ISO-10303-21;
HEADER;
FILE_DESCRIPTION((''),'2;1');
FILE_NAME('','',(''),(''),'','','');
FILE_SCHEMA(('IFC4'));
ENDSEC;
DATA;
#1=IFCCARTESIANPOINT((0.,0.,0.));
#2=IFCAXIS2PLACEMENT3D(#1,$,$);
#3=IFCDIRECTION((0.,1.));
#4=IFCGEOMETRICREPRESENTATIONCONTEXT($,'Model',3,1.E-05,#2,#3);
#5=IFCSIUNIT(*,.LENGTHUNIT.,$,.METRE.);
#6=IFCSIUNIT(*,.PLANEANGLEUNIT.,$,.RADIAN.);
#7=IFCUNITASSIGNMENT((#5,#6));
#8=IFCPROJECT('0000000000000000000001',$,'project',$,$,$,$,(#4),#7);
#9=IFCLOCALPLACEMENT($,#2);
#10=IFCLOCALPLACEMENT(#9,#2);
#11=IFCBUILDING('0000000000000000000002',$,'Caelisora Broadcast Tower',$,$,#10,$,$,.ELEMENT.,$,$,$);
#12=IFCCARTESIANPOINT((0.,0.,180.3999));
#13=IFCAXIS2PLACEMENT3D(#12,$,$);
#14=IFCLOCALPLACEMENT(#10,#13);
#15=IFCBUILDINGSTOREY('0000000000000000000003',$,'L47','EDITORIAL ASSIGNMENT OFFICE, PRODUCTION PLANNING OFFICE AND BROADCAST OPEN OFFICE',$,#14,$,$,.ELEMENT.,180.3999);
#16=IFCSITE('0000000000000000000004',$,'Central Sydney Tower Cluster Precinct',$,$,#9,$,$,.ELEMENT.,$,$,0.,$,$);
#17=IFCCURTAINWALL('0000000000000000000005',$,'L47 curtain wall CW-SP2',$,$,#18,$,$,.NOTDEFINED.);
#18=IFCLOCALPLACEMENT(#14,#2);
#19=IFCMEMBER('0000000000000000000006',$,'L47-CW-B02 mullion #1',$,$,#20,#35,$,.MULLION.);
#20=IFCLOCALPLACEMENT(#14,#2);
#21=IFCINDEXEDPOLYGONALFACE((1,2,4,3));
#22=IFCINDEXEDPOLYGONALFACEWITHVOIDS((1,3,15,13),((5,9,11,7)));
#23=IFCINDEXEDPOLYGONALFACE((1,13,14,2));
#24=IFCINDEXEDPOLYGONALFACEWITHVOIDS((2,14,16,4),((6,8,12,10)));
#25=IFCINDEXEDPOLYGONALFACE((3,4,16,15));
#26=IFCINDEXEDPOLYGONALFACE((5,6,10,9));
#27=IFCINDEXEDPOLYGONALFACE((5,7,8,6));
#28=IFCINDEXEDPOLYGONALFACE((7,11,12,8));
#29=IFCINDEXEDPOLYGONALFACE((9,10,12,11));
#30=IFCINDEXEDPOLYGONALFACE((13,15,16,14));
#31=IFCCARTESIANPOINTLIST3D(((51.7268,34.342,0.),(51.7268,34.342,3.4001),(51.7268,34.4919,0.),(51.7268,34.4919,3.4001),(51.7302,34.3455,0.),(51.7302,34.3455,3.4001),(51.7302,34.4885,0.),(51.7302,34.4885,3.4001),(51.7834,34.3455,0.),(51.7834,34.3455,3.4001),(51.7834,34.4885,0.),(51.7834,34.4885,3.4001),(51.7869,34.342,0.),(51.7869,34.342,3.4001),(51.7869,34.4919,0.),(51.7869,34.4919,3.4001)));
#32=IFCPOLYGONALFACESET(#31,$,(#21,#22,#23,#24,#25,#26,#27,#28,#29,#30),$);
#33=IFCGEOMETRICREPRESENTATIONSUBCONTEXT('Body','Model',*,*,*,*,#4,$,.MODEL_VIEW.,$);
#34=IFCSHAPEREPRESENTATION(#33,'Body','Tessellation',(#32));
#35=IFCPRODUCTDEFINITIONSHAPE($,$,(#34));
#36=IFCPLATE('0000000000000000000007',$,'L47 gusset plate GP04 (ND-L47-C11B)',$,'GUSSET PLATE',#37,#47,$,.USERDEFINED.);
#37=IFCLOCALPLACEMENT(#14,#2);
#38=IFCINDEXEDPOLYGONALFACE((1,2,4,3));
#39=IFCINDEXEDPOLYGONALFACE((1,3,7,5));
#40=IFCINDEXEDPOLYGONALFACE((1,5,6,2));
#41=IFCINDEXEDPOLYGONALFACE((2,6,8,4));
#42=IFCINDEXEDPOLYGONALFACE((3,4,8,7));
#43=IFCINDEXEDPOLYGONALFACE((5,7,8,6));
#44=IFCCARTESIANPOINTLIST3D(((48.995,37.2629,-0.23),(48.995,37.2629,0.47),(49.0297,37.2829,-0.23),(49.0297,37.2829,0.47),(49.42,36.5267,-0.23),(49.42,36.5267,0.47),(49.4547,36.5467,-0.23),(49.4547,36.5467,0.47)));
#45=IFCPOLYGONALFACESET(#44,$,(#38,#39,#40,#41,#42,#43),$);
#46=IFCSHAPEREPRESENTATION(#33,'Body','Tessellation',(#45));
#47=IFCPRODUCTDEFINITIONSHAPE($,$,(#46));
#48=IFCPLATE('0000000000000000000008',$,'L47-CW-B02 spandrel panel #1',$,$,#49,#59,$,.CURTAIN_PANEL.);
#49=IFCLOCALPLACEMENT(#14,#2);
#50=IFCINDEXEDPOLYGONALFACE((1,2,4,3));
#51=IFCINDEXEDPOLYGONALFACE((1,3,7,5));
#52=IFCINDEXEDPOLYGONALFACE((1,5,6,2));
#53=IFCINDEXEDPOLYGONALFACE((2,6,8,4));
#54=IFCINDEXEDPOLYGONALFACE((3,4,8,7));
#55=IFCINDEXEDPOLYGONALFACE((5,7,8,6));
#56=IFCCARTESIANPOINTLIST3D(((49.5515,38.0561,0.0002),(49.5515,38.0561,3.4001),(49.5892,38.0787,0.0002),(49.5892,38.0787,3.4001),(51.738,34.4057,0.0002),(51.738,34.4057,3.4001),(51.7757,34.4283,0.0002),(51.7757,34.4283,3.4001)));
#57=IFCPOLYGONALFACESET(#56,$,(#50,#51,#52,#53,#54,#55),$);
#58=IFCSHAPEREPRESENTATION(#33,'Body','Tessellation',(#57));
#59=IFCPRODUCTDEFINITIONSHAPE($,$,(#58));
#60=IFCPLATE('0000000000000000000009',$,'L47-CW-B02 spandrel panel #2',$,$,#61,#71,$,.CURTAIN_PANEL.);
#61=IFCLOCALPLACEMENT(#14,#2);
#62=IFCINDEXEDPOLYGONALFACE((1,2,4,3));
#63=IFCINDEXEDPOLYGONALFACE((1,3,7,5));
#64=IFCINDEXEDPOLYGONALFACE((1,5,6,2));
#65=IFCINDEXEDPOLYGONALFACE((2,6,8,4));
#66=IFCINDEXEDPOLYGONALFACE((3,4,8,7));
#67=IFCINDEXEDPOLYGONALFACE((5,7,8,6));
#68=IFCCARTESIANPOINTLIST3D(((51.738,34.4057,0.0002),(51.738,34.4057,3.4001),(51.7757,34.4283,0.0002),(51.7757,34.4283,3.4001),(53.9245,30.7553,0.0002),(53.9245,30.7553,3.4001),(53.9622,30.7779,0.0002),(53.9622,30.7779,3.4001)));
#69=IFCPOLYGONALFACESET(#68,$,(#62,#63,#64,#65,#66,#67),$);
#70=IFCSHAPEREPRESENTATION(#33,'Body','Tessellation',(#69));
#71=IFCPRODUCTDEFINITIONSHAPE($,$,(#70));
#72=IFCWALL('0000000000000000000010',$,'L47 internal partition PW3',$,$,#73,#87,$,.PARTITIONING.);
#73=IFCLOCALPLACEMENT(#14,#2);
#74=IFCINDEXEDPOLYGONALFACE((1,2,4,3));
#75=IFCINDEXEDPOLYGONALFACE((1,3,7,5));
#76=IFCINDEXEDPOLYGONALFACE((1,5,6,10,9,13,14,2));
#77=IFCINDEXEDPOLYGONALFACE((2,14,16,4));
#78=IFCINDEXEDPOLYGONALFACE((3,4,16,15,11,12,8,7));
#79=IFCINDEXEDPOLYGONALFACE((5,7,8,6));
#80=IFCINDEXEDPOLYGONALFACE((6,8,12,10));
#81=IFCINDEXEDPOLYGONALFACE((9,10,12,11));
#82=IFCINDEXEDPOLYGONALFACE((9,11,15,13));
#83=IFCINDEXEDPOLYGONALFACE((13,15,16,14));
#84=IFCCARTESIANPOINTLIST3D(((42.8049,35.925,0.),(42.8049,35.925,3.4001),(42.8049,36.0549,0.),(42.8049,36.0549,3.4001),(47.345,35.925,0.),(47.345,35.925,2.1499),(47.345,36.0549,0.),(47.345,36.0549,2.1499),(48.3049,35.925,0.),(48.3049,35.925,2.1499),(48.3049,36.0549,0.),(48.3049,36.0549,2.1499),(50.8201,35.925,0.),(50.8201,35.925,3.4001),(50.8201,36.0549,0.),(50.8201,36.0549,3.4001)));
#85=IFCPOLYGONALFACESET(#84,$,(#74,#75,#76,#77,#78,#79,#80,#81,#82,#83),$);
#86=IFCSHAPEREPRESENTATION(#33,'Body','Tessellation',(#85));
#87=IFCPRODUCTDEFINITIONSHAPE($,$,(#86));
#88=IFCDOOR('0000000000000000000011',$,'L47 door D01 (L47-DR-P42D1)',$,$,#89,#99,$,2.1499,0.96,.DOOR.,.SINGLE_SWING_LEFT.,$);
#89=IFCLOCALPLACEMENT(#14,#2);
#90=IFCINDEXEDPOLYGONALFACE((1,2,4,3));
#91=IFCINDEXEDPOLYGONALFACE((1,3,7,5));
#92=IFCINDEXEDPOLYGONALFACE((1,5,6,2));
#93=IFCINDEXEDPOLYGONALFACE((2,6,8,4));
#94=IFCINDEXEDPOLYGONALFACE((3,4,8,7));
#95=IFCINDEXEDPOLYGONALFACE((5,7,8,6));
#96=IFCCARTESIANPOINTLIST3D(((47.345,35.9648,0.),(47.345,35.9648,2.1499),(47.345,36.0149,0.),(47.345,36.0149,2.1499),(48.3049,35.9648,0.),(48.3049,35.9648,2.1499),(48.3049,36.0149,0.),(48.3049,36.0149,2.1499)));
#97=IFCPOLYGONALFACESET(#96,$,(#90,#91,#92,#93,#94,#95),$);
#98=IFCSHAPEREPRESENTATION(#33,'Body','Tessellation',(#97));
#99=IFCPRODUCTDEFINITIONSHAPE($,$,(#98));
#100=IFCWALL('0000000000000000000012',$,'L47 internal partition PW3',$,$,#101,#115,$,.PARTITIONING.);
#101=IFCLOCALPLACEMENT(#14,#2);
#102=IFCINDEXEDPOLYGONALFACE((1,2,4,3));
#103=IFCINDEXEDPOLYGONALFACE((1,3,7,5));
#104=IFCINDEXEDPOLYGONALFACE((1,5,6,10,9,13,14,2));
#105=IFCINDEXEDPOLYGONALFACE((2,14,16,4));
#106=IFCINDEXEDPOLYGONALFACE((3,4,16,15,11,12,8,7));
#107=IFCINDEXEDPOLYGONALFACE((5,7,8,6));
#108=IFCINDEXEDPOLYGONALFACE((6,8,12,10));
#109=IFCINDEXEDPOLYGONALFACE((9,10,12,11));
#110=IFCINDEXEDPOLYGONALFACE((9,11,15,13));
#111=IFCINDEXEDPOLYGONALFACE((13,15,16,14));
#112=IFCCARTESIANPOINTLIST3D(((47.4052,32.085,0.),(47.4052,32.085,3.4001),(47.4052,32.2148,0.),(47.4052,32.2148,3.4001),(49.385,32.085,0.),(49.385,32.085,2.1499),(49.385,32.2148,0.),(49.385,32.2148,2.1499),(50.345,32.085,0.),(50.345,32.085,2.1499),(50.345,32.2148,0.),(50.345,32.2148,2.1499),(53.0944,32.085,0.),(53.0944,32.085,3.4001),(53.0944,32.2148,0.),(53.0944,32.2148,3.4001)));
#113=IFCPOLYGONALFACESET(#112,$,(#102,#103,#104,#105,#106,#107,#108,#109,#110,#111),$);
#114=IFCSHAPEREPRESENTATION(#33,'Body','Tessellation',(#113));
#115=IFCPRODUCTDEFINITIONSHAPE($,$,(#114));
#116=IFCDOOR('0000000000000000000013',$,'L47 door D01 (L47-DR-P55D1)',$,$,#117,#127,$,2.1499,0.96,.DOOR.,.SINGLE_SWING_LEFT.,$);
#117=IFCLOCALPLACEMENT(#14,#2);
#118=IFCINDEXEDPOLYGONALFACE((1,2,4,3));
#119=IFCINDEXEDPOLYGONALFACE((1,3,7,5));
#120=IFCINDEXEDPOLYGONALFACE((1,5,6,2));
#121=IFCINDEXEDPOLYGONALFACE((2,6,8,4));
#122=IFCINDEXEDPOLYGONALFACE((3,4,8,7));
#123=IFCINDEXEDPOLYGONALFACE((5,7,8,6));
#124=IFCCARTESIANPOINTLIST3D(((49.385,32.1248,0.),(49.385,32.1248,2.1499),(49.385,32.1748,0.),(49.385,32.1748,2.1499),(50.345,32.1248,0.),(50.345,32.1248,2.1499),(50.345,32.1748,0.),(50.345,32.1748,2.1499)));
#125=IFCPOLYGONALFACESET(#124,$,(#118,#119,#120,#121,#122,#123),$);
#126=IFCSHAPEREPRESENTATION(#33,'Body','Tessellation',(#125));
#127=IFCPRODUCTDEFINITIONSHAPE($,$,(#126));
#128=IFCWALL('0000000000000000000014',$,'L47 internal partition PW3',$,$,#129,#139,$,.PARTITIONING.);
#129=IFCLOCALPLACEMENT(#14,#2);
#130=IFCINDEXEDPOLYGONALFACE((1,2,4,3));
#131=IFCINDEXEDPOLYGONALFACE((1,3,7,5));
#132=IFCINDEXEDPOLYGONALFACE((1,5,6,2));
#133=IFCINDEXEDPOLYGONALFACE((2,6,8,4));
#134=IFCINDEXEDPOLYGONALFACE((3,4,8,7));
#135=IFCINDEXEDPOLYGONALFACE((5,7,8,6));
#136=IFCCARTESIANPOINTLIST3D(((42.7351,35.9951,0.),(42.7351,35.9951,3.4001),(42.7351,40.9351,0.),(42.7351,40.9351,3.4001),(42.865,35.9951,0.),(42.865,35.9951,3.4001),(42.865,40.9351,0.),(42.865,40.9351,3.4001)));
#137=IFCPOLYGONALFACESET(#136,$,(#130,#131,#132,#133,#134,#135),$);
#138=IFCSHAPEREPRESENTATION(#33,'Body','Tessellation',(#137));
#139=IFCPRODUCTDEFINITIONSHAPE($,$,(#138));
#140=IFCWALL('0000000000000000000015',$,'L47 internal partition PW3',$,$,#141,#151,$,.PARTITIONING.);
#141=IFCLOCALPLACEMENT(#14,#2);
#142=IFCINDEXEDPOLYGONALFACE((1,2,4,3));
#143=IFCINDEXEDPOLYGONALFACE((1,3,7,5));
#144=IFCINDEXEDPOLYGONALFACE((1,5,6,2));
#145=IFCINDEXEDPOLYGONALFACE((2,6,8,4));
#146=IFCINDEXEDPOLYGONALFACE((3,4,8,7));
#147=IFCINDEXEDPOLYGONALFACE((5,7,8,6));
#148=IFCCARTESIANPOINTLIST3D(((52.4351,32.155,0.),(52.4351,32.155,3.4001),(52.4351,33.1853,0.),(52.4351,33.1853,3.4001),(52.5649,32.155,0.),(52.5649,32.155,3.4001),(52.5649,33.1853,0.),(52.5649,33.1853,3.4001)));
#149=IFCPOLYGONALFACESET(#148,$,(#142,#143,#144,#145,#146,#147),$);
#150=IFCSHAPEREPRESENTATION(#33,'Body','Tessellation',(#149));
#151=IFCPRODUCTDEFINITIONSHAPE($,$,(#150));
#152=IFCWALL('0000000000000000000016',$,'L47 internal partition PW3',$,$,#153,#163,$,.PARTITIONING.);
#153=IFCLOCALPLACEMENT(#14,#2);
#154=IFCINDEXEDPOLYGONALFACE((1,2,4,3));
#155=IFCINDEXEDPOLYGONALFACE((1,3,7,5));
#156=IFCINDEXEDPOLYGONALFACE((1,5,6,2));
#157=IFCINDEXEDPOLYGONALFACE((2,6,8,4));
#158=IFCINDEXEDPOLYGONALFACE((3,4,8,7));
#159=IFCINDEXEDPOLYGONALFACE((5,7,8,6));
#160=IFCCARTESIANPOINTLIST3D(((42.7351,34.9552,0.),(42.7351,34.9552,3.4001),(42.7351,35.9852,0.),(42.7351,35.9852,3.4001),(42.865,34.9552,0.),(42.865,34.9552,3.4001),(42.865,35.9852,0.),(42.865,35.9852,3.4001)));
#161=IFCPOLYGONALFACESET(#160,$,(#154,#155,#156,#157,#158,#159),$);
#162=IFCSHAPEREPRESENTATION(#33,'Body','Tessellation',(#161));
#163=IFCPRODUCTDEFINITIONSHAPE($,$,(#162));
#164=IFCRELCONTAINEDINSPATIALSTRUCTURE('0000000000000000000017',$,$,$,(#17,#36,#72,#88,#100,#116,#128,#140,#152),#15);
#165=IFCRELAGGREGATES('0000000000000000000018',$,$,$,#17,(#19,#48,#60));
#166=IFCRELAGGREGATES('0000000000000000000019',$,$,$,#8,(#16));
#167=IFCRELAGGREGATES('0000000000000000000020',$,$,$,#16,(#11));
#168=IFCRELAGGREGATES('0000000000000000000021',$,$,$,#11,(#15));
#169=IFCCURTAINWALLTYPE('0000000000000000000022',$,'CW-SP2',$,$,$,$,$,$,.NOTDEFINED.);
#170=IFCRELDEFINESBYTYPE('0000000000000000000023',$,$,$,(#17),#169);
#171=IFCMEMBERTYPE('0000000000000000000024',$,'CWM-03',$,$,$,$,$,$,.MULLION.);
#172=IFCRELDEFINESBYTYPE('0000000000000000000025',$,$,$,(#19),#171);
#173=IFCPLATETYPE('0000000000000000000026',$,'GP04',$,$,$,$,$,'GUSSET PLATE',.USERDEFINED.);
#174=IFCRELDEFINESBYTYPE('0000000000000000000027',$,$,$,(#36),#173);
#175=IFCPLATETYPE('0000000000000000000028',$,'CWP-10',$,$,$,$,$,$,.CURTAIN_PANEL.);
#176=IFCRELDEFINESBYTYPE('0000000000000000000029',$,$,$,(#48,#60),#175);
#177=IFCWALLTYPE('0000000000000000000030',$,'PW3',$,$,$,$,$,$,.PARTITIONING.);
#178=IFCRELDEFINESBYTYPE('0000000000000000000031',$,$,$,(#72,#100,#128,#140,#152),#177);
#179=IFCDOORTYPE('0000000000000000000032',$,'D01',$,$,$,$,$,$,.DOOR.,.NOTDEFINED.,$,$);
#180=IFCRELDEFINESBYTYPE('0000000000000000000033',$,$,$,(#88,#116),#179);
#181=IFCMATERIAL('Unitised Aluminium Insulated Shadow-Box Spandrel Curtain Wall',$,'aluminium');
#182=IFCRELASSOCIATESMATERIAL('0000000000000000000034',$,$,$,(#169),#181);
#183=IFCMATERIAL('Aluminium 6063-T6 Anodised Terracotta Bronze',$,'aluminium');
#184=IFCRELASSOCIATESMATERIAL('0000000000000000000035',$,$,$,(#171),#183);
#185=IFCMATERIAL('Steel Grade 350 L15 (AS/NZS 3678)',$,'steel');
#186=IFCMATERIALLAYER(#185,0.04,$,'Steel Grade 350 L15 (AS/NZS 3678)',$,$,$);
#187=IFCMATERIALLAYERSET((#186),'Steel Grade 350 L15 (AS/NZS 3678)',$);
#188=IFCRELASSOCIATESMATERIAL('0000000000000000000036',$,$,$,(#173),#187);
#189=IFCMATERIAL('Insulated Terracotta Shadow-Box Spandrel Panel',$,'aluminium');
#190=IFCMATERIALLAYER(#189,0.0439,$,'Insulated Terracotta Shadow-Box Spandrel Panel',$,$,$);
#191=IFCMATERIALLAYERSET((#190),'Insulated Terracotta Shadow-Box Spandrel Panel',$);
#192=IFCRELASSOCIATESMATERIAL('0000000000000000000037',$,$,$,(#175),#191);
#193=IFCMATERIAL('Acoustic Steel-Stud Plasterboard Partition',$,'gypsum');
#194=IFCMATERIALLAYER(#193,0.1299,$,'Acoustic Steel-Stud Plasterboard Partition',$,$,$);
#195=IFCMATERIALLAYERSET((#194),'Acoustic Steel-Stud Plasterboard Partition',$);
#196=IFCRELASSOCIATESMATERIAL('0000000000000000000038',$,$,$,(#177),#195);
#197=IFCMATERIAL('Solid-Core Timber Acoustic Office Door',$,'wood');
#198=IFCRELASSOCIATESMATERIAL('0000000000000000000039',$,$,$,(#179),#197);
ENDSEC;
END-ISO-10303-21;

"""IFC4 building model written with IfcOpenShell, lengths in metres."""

from ifc_helpers import new_model, si_unit, direction, frame, frame_2d, origin, origin_2d, place, context, subcontext, project, spatial, rectangle, hollow_rectangle, extrude, source, transform, mapped, material, layer, layer_set, material_profile, profile_set, type_object, type_shapes, element, fill, aggregate, save


model = new_model("IFC4")

# Units and contexts
model_context = context("Model", 3, precision=1e-05, world=origin(), true_north=direction((0.0, 1.0)))
body_context = subcontext(model_context, "Body", "Model", "MODEL_VIEW")
ifc_project = project(units=[si_unit("LENGTHUNIT", "METRE"), si_unit("PLANEANGLEUNIT", "RADIAN")], contexts=[model_context])

# Site, building, storey
site_placement = place(None, origin())
site = spatial("IfcSite", under=ifc_project, at=site_placement, Name="Central Sydney Tower Cluster Precinct", CompositionType="ELEMENT", RefElevation=0.0)
building_placement = place(site_placement, origin())
building = spatial("IfcBuilding", under=site, at=building_placement, Name="Caelisora Broadcast Tower", CompositionType="ELEMENT")
storey_placement = place(building_placement, frame((0.0, 0.0, 180.3999)))
storey = spatial("IfcBuildingStorey", under=building, at=storey_placement, Name="L47", Description="EDITORIAL ASSIGNMENT OFFICE, PRODUCTION PLANNING OFFICE AND BROADCAST OPEN OFFICE", CompositionType="ELEMENT", Elevation=180.3999)

# Shared definitions
ifc_material_1 = material(Name="Steel Grade 350 L15 (AS/NZS 3678)", Category="steel")

# Curtain wall, member
ifc_material_2 = material(Name="Unitised Aluminium Insulated Shadow-Box Spandrel Curtain Wall", Category="aluminium")
curtain_wall_type = type_object("IfcCurtainWallType", Name="CW-SP2", PredefinedType="NOTDEFINED", material=ifc_material_2)
curtain_wall_placement = place(storey_placement, origin())
curtain_wall = element("IfcCurtainWall", 1, at=curtain_wall_placement, inside=storey, type_object=curtain_wall_type, Name="L47 curtain wall CW-SP2", PredefinedType="NOTDEFINED")
ifc_material_3 = material(Name="Aluminium 6063-T6 Anodised Terracotta Bronze", Category="aluminium")
ifc_material_profile_1 = material_profile(ifc_material_3, hollow_rectangle(XDim=0.0601, YDim=0.1499, WallThickness=0.0034, at=origin_2d()), Name="Aluminium 6063-T6 Anodised Terracotta Bronze")
ifc_profile_set_1 = profile_set([ifc_material_profile_1], Name="Aluminium 6063-T6 Anodised Terracotta Bronze")
member_type = type_object("IfcMemberType", Name="CWM-03", PredefinedType="MULLION", material=ifc_profile_set_1)
shared_shape_1 = source(origin(), body_context, "Body", "SweptSolid", [
    extrude(hollow_rectangle(XDim=0.0601, YDim=0.1499, WallThickness=0.0034, at=origin_2d()), origin(), (0.0, 0.0, 1.0), 3.4001),
])
type_shapes(member_type, [shared_shape_1])
member_placement = place(storey_placement, frame((51.7568, 34.417, 0.0), z_axis=(0.0, 0.0, 1.0), x_axis=(1.0, 0.0, 0.0)))
member = element("IfcMember", 2, at=member_placement, type_object=member_type, Name="L47-CW-B02 mullion #1", PredefinedType="MULLION", context=body_context, shape_type="MappedRepresentation", body=[
    mapped(shared_shape_1, transform((0.0, 0.0, 0.0), scale=1.0)),
])

# Plates
ifc_layer_1 = layer(ifc_material_1, 0.04, Name="Steel Grade 350 L15 (AS/NZS 3678)")
ifc_layer_set_1 = layer_set([ifc_layer_1], Name="Steel Grade 350 L15 (AS/NZS 3678)")
plate_type_1 = type_object("IfcPlateType", Name="GP04", ElementType="GUSSET PLATE", PredefinedType="USERDEFINED", material=ifc_layer_set_1)
shared_shape_2 = source(origin(), body_context, "Body", "SweptSolid", [
    extrude(rectangle(XDim=0.8501, YDim=0.04, at=origin_2d()), origin(), (0.0, 0.0, 1.0), 0.7),
])
type_shapes(plate_type_1, [shared_shape_2])
plate_1_placement = place(storey_placement, frame((49.2249, 36.9048, -0.23), z_axis=(0.0, 0.0, 1.0), x_axis=(-0.5, 0.866025, 0.0)))
element("IfcPlate", 3, at=plate_1_placement, inside=storey, type_object=plate_type_1, Name="L47 gusset plate GP04 (ND-L47-C11B)", ObjectType="GUSSET PLATE", PredefinedType="USERDEFINED", context=body_context, shape_type="MappedRepresentation", body=[
    mapped(shared_shape_2, transform((0.0, 0.0, 0.0), scale=1.0)),
])
ifc_material_4 = material(Name="Insulated Terracotta Shadow-Box Spandrel Panel", Category="aluminium")
ifc_layer_2 = layer(ifc_material_4, 0.0439, Name="Insulated Terracotta Shadow-Box Spandrel Panel")
ifc_layer_set_2 = layer_set([ifc_layer_2], Name="Insulated Terracotta Shadow-Box Spandrel Panel")
plate_type_2 = type_object("IfcPlateType", Name="CWP-10", PredefinedType="CURTAIN_PANEL", material=ifc_layer_set_2)
shared_shape_3 = source(origin(), body_context, "Body", "SweptSolid", [
    extrude(rectangle(XDim=4.2551, YDim=0.0439, at=origin_2d()), origin(), (0.0, 0.0, 1.0), 3.3999),
])
type_shapes(plate_type_2, [shared_shape_3])
plate_2_placement = place(storey_placement, frame((50.6636, 36.2422, 0.0002), z_axis=(0.0, 0.0, 1.0), x_axis=(0.513841, -0.857886, 0.0)))
plate_2 = element("IfcPlate", 4, at=plate_2_placement, type_object=plate_type_2, Name="L47-CW-B02 spandrel panel #1", PredefinedType="CURTAIN_PANEL", context=body_context, shape_type="MappedRepresentation", body=[
    mapped(shared_shape_3, transform((0.0, 0.0, 0.0), scale=1.0)),
])
plate_3_placement = place(storey_placement, frame((52.8501, 32.5918, 0.0002), z_axis=(0.0, 0.0, 1.0), x_axis=(0.513841, -0.857886, 0.0)))
plate_3 = element("IfcPlate", 5, at=plate_3_placement, type_object=plate_type_2, Name="L47-CW-B02 spandrel panel #2", PredefinedType="CURTAIN_PANEL", context=body_context, shape_type="MappedRepresentation", body=[
    mapped(shared_shape_3, transform((0.0, 0.0, 0.0), scale=1.0)),
])
aggregate(curtain_wall, [member, plate_2, plate_3])

# Walls, openings, doors
ifc_material_5 = material(Name="Acoustic Steel-Stud Plasterboard Partition", Category="gypsum")
ifc_layer_3 = layer(ifc_material_5, 0.1299, Name="Acoustic Steel-Stud Plasterboard Partition")
ifc_layer_set_3 = layer_set([ifc_layer_3], Name="Acoustic Steel-Stud Plasterboard Partition")
wall_type_1 = type_object("IfcWallType", Name="PW3", PredefinedType="PARTITIONING", material=ifc_layer_set_3)
wall_1_placement = place(storey_placement, frame((42.8049, 35.99, 0.0), z_axis=(0.0, 0.0, 1.0), x_axis=(1.0, 0.0, 0.0)))
wall_1 = element("IfcWall", 6, at=wall_1_placement, inside=storey, type_object=wall_type_1, Name="L47 internal partition PW3", PredefinedType="PARTITIONING", context=body_context, shape_type="SweptSolid", body=[
    extrude(rectangle(XDim=8.0151, YDim=0.1299, at=frame_2d((4.0076, 0.0))), origin(), (0.0, 0.0, 1.0), 3.4001),
])
opening_1_placement = place(wall_1_placement, frame((4.54, 0.0, 0.0)))
opening_1 = element("IfcOpeningElement", 7, at=opening_1_placement, cuts=wall_1, PredefinedType="OPENING", context=body_context, shape_type="SweptSolid", body=[
    extrude(rectangle(XDim=0.96, YDim=2.1499, at=frame_2d((0.48, 1.075))), frame((0.0, 0.0769, 0.0), z_axis=(0.0, -1.0, 0.0), x_axis=(1.0, 0.0, 0.0)), (0.0, 0.0, 1.0), 0.1538),
])
ifc_material_6 = material(Name="Solid-Core Timber Acoustic Office Door", Category="wood")
door_type_1 = type_object("IfcDoorType", Name="D01", OperationType="NOTDEFINED", PredefinedType="DOOR", material=ifc_material_6)
door_1_placement = place(opening_1_placement, origin())
door_1 = element("IfcDoor", 8, at=door_1_placement, inside=storey, type_object=door_type_1, Name="L47 door D01 (L47-DR-P42D1)", OperationType="SINGLE_SWING_LEFT", OverallHeight=2.1499, OverallWidth=0.96, PredefinedType="DOOR", context=body_context, shape_type="SweptSolid", body=[
    extrude(rectangle(XDim=0.96, YDim=2.1499, at=frame_2d((0.48, 1.075))), frame((0.0, 0.0249, 0.0), z_axis=(0.0, -1.0, 0.0), x_axis=(1.0, 0.0, 0.0)), (0.0, 0.0, 1.0), 0.05),
])
fill(opening_1, door_1)
wall_2_placement = place(storey_placement, frame((47.405, 32.1499, 0.0), z_axis=(0.0, 0.0, 1.0), x_axis=(1.0, 0.0, 0.0)))
wall_2 = element("IfcWall", 9, at=wall_2_placement, inside=storey, type_object=wall_type_1, Name="L47 internal partition PW3", PredefinedType="PARTITIONING", context=body_context, shape_type="SweptSolid", body=[
    extrude(rectangle(XDim=5.6892, YDim=0.1299, at=frame_2d((2.8447, 0.0))), origin(), (0.0, 0.0, 1.0), 3.4001),
])
opening_2_placement = place(wall_2_placement, frame((1.98, 0.0, 0.0)))
opening_2 = element("IfcOpeningElement", 10, at=opening_2_placement, cuts=wall_2, PredefinedType="OPENING", context=body_context, shape_type="SweptSolid", body=[
    extrude(rectangle(XDim=0.96, YDim=2.1499, at=frame_2d((0.48, 1.075))), frame((0.0, 0.0769, 0.0), z_axis=(0.0, -1.0, 0.0), x_axis=(1.0, 0.0, 0.0)), (0.0, 0.0, 1.0), 0.1538),
])
door_2_placement = place(opening_2_placement, origin())
door_2 = element("IfcDoor", 11, at=door_2_placement, inside=storey, type_object=door_type_1, Name="L47 door D01 (L47-DR-P55D1)", OperationType="SINGLE_SWING_LEFT", OverallHeight=2.1499, OverallWidth=0.96, PredefinedType="DOOR", context=body_context, shape_type="SweptSolid", body=[
    extrude(rectangle(XDim=0.96, YDim=2.1499, at=frame_2d((0.48, 1.075))), frame((0.0, 0.0249, 0.0), z_axis=(0.0, -1.0, 0.0), x_axis=(1.0, 0.0, 0.0)), (0.0, 0.0, 1.0), 0.05),
])
fill(opening_2, door_2)

# Walls
wall_3_placement = place(storey_placement, frame((42.8, 35.9951, 0.0), z_axis=(0.0, 0.0, 1.0), x_axis=(0.0, 1.0, 0.0)))
element("IfcWall", 12, at=wall_3_placement, inside=storey, type_object=wall_type_1, Name="L47 internal partition PW3", PredefinedType="PARTITIONING", context=body_context, shape_type="SweptSolid", body=[
    extrude(rectangle(XDim=4.9399, YDim=0.1299, at=frame_2d((2.47, 0.0))), origin(), (0.0, 0.0, 1.0), 3.4001),
])
wall_4_placement = place(storey_placement, frame((52.5, 32.155, 0.0), z_axis=(0.0, 0.0, 1.0), x_axis=(0.0, 1.0, 0.0)))
element("IfcWall", 13, at=wall_4_placement, inside=storey, type_object=wall_type_1, Name="L47 internal partition PW3", PredefinedType="PARTITIONING", context=body_context, shape_type="SweptSolid", body=[
    extrude(rectangle(XDim=1.0303, YDim=0.1299, at=frame_2d((0.5151, 0.0))), origin(), (0.0, 0.0, 1.0), 3.4001),
])
wall_5_placement = place(storey_placement, frame((42.8, 34.9551, 0.0), z_axis=(0.0, 0.0, 1.0), x_axis=(0.0, 1.0, 0.0)))
element("IfcWall", 14, at=wall_5_placement, inside=storey, type_object=wall_type_1, Name="L47 internal partition PW3", PredefinedType="PARTITIONING", context=body_context, shape_type="SweptSolid", body=[
    extrude(rectangle(XDim=1.03, YDim=0.1299, at=frame_2d((0.5151, 0.0))), origin(), (0.0, 0.0, 1.0), 3.4001),
])

save(model, "model.ifc")
